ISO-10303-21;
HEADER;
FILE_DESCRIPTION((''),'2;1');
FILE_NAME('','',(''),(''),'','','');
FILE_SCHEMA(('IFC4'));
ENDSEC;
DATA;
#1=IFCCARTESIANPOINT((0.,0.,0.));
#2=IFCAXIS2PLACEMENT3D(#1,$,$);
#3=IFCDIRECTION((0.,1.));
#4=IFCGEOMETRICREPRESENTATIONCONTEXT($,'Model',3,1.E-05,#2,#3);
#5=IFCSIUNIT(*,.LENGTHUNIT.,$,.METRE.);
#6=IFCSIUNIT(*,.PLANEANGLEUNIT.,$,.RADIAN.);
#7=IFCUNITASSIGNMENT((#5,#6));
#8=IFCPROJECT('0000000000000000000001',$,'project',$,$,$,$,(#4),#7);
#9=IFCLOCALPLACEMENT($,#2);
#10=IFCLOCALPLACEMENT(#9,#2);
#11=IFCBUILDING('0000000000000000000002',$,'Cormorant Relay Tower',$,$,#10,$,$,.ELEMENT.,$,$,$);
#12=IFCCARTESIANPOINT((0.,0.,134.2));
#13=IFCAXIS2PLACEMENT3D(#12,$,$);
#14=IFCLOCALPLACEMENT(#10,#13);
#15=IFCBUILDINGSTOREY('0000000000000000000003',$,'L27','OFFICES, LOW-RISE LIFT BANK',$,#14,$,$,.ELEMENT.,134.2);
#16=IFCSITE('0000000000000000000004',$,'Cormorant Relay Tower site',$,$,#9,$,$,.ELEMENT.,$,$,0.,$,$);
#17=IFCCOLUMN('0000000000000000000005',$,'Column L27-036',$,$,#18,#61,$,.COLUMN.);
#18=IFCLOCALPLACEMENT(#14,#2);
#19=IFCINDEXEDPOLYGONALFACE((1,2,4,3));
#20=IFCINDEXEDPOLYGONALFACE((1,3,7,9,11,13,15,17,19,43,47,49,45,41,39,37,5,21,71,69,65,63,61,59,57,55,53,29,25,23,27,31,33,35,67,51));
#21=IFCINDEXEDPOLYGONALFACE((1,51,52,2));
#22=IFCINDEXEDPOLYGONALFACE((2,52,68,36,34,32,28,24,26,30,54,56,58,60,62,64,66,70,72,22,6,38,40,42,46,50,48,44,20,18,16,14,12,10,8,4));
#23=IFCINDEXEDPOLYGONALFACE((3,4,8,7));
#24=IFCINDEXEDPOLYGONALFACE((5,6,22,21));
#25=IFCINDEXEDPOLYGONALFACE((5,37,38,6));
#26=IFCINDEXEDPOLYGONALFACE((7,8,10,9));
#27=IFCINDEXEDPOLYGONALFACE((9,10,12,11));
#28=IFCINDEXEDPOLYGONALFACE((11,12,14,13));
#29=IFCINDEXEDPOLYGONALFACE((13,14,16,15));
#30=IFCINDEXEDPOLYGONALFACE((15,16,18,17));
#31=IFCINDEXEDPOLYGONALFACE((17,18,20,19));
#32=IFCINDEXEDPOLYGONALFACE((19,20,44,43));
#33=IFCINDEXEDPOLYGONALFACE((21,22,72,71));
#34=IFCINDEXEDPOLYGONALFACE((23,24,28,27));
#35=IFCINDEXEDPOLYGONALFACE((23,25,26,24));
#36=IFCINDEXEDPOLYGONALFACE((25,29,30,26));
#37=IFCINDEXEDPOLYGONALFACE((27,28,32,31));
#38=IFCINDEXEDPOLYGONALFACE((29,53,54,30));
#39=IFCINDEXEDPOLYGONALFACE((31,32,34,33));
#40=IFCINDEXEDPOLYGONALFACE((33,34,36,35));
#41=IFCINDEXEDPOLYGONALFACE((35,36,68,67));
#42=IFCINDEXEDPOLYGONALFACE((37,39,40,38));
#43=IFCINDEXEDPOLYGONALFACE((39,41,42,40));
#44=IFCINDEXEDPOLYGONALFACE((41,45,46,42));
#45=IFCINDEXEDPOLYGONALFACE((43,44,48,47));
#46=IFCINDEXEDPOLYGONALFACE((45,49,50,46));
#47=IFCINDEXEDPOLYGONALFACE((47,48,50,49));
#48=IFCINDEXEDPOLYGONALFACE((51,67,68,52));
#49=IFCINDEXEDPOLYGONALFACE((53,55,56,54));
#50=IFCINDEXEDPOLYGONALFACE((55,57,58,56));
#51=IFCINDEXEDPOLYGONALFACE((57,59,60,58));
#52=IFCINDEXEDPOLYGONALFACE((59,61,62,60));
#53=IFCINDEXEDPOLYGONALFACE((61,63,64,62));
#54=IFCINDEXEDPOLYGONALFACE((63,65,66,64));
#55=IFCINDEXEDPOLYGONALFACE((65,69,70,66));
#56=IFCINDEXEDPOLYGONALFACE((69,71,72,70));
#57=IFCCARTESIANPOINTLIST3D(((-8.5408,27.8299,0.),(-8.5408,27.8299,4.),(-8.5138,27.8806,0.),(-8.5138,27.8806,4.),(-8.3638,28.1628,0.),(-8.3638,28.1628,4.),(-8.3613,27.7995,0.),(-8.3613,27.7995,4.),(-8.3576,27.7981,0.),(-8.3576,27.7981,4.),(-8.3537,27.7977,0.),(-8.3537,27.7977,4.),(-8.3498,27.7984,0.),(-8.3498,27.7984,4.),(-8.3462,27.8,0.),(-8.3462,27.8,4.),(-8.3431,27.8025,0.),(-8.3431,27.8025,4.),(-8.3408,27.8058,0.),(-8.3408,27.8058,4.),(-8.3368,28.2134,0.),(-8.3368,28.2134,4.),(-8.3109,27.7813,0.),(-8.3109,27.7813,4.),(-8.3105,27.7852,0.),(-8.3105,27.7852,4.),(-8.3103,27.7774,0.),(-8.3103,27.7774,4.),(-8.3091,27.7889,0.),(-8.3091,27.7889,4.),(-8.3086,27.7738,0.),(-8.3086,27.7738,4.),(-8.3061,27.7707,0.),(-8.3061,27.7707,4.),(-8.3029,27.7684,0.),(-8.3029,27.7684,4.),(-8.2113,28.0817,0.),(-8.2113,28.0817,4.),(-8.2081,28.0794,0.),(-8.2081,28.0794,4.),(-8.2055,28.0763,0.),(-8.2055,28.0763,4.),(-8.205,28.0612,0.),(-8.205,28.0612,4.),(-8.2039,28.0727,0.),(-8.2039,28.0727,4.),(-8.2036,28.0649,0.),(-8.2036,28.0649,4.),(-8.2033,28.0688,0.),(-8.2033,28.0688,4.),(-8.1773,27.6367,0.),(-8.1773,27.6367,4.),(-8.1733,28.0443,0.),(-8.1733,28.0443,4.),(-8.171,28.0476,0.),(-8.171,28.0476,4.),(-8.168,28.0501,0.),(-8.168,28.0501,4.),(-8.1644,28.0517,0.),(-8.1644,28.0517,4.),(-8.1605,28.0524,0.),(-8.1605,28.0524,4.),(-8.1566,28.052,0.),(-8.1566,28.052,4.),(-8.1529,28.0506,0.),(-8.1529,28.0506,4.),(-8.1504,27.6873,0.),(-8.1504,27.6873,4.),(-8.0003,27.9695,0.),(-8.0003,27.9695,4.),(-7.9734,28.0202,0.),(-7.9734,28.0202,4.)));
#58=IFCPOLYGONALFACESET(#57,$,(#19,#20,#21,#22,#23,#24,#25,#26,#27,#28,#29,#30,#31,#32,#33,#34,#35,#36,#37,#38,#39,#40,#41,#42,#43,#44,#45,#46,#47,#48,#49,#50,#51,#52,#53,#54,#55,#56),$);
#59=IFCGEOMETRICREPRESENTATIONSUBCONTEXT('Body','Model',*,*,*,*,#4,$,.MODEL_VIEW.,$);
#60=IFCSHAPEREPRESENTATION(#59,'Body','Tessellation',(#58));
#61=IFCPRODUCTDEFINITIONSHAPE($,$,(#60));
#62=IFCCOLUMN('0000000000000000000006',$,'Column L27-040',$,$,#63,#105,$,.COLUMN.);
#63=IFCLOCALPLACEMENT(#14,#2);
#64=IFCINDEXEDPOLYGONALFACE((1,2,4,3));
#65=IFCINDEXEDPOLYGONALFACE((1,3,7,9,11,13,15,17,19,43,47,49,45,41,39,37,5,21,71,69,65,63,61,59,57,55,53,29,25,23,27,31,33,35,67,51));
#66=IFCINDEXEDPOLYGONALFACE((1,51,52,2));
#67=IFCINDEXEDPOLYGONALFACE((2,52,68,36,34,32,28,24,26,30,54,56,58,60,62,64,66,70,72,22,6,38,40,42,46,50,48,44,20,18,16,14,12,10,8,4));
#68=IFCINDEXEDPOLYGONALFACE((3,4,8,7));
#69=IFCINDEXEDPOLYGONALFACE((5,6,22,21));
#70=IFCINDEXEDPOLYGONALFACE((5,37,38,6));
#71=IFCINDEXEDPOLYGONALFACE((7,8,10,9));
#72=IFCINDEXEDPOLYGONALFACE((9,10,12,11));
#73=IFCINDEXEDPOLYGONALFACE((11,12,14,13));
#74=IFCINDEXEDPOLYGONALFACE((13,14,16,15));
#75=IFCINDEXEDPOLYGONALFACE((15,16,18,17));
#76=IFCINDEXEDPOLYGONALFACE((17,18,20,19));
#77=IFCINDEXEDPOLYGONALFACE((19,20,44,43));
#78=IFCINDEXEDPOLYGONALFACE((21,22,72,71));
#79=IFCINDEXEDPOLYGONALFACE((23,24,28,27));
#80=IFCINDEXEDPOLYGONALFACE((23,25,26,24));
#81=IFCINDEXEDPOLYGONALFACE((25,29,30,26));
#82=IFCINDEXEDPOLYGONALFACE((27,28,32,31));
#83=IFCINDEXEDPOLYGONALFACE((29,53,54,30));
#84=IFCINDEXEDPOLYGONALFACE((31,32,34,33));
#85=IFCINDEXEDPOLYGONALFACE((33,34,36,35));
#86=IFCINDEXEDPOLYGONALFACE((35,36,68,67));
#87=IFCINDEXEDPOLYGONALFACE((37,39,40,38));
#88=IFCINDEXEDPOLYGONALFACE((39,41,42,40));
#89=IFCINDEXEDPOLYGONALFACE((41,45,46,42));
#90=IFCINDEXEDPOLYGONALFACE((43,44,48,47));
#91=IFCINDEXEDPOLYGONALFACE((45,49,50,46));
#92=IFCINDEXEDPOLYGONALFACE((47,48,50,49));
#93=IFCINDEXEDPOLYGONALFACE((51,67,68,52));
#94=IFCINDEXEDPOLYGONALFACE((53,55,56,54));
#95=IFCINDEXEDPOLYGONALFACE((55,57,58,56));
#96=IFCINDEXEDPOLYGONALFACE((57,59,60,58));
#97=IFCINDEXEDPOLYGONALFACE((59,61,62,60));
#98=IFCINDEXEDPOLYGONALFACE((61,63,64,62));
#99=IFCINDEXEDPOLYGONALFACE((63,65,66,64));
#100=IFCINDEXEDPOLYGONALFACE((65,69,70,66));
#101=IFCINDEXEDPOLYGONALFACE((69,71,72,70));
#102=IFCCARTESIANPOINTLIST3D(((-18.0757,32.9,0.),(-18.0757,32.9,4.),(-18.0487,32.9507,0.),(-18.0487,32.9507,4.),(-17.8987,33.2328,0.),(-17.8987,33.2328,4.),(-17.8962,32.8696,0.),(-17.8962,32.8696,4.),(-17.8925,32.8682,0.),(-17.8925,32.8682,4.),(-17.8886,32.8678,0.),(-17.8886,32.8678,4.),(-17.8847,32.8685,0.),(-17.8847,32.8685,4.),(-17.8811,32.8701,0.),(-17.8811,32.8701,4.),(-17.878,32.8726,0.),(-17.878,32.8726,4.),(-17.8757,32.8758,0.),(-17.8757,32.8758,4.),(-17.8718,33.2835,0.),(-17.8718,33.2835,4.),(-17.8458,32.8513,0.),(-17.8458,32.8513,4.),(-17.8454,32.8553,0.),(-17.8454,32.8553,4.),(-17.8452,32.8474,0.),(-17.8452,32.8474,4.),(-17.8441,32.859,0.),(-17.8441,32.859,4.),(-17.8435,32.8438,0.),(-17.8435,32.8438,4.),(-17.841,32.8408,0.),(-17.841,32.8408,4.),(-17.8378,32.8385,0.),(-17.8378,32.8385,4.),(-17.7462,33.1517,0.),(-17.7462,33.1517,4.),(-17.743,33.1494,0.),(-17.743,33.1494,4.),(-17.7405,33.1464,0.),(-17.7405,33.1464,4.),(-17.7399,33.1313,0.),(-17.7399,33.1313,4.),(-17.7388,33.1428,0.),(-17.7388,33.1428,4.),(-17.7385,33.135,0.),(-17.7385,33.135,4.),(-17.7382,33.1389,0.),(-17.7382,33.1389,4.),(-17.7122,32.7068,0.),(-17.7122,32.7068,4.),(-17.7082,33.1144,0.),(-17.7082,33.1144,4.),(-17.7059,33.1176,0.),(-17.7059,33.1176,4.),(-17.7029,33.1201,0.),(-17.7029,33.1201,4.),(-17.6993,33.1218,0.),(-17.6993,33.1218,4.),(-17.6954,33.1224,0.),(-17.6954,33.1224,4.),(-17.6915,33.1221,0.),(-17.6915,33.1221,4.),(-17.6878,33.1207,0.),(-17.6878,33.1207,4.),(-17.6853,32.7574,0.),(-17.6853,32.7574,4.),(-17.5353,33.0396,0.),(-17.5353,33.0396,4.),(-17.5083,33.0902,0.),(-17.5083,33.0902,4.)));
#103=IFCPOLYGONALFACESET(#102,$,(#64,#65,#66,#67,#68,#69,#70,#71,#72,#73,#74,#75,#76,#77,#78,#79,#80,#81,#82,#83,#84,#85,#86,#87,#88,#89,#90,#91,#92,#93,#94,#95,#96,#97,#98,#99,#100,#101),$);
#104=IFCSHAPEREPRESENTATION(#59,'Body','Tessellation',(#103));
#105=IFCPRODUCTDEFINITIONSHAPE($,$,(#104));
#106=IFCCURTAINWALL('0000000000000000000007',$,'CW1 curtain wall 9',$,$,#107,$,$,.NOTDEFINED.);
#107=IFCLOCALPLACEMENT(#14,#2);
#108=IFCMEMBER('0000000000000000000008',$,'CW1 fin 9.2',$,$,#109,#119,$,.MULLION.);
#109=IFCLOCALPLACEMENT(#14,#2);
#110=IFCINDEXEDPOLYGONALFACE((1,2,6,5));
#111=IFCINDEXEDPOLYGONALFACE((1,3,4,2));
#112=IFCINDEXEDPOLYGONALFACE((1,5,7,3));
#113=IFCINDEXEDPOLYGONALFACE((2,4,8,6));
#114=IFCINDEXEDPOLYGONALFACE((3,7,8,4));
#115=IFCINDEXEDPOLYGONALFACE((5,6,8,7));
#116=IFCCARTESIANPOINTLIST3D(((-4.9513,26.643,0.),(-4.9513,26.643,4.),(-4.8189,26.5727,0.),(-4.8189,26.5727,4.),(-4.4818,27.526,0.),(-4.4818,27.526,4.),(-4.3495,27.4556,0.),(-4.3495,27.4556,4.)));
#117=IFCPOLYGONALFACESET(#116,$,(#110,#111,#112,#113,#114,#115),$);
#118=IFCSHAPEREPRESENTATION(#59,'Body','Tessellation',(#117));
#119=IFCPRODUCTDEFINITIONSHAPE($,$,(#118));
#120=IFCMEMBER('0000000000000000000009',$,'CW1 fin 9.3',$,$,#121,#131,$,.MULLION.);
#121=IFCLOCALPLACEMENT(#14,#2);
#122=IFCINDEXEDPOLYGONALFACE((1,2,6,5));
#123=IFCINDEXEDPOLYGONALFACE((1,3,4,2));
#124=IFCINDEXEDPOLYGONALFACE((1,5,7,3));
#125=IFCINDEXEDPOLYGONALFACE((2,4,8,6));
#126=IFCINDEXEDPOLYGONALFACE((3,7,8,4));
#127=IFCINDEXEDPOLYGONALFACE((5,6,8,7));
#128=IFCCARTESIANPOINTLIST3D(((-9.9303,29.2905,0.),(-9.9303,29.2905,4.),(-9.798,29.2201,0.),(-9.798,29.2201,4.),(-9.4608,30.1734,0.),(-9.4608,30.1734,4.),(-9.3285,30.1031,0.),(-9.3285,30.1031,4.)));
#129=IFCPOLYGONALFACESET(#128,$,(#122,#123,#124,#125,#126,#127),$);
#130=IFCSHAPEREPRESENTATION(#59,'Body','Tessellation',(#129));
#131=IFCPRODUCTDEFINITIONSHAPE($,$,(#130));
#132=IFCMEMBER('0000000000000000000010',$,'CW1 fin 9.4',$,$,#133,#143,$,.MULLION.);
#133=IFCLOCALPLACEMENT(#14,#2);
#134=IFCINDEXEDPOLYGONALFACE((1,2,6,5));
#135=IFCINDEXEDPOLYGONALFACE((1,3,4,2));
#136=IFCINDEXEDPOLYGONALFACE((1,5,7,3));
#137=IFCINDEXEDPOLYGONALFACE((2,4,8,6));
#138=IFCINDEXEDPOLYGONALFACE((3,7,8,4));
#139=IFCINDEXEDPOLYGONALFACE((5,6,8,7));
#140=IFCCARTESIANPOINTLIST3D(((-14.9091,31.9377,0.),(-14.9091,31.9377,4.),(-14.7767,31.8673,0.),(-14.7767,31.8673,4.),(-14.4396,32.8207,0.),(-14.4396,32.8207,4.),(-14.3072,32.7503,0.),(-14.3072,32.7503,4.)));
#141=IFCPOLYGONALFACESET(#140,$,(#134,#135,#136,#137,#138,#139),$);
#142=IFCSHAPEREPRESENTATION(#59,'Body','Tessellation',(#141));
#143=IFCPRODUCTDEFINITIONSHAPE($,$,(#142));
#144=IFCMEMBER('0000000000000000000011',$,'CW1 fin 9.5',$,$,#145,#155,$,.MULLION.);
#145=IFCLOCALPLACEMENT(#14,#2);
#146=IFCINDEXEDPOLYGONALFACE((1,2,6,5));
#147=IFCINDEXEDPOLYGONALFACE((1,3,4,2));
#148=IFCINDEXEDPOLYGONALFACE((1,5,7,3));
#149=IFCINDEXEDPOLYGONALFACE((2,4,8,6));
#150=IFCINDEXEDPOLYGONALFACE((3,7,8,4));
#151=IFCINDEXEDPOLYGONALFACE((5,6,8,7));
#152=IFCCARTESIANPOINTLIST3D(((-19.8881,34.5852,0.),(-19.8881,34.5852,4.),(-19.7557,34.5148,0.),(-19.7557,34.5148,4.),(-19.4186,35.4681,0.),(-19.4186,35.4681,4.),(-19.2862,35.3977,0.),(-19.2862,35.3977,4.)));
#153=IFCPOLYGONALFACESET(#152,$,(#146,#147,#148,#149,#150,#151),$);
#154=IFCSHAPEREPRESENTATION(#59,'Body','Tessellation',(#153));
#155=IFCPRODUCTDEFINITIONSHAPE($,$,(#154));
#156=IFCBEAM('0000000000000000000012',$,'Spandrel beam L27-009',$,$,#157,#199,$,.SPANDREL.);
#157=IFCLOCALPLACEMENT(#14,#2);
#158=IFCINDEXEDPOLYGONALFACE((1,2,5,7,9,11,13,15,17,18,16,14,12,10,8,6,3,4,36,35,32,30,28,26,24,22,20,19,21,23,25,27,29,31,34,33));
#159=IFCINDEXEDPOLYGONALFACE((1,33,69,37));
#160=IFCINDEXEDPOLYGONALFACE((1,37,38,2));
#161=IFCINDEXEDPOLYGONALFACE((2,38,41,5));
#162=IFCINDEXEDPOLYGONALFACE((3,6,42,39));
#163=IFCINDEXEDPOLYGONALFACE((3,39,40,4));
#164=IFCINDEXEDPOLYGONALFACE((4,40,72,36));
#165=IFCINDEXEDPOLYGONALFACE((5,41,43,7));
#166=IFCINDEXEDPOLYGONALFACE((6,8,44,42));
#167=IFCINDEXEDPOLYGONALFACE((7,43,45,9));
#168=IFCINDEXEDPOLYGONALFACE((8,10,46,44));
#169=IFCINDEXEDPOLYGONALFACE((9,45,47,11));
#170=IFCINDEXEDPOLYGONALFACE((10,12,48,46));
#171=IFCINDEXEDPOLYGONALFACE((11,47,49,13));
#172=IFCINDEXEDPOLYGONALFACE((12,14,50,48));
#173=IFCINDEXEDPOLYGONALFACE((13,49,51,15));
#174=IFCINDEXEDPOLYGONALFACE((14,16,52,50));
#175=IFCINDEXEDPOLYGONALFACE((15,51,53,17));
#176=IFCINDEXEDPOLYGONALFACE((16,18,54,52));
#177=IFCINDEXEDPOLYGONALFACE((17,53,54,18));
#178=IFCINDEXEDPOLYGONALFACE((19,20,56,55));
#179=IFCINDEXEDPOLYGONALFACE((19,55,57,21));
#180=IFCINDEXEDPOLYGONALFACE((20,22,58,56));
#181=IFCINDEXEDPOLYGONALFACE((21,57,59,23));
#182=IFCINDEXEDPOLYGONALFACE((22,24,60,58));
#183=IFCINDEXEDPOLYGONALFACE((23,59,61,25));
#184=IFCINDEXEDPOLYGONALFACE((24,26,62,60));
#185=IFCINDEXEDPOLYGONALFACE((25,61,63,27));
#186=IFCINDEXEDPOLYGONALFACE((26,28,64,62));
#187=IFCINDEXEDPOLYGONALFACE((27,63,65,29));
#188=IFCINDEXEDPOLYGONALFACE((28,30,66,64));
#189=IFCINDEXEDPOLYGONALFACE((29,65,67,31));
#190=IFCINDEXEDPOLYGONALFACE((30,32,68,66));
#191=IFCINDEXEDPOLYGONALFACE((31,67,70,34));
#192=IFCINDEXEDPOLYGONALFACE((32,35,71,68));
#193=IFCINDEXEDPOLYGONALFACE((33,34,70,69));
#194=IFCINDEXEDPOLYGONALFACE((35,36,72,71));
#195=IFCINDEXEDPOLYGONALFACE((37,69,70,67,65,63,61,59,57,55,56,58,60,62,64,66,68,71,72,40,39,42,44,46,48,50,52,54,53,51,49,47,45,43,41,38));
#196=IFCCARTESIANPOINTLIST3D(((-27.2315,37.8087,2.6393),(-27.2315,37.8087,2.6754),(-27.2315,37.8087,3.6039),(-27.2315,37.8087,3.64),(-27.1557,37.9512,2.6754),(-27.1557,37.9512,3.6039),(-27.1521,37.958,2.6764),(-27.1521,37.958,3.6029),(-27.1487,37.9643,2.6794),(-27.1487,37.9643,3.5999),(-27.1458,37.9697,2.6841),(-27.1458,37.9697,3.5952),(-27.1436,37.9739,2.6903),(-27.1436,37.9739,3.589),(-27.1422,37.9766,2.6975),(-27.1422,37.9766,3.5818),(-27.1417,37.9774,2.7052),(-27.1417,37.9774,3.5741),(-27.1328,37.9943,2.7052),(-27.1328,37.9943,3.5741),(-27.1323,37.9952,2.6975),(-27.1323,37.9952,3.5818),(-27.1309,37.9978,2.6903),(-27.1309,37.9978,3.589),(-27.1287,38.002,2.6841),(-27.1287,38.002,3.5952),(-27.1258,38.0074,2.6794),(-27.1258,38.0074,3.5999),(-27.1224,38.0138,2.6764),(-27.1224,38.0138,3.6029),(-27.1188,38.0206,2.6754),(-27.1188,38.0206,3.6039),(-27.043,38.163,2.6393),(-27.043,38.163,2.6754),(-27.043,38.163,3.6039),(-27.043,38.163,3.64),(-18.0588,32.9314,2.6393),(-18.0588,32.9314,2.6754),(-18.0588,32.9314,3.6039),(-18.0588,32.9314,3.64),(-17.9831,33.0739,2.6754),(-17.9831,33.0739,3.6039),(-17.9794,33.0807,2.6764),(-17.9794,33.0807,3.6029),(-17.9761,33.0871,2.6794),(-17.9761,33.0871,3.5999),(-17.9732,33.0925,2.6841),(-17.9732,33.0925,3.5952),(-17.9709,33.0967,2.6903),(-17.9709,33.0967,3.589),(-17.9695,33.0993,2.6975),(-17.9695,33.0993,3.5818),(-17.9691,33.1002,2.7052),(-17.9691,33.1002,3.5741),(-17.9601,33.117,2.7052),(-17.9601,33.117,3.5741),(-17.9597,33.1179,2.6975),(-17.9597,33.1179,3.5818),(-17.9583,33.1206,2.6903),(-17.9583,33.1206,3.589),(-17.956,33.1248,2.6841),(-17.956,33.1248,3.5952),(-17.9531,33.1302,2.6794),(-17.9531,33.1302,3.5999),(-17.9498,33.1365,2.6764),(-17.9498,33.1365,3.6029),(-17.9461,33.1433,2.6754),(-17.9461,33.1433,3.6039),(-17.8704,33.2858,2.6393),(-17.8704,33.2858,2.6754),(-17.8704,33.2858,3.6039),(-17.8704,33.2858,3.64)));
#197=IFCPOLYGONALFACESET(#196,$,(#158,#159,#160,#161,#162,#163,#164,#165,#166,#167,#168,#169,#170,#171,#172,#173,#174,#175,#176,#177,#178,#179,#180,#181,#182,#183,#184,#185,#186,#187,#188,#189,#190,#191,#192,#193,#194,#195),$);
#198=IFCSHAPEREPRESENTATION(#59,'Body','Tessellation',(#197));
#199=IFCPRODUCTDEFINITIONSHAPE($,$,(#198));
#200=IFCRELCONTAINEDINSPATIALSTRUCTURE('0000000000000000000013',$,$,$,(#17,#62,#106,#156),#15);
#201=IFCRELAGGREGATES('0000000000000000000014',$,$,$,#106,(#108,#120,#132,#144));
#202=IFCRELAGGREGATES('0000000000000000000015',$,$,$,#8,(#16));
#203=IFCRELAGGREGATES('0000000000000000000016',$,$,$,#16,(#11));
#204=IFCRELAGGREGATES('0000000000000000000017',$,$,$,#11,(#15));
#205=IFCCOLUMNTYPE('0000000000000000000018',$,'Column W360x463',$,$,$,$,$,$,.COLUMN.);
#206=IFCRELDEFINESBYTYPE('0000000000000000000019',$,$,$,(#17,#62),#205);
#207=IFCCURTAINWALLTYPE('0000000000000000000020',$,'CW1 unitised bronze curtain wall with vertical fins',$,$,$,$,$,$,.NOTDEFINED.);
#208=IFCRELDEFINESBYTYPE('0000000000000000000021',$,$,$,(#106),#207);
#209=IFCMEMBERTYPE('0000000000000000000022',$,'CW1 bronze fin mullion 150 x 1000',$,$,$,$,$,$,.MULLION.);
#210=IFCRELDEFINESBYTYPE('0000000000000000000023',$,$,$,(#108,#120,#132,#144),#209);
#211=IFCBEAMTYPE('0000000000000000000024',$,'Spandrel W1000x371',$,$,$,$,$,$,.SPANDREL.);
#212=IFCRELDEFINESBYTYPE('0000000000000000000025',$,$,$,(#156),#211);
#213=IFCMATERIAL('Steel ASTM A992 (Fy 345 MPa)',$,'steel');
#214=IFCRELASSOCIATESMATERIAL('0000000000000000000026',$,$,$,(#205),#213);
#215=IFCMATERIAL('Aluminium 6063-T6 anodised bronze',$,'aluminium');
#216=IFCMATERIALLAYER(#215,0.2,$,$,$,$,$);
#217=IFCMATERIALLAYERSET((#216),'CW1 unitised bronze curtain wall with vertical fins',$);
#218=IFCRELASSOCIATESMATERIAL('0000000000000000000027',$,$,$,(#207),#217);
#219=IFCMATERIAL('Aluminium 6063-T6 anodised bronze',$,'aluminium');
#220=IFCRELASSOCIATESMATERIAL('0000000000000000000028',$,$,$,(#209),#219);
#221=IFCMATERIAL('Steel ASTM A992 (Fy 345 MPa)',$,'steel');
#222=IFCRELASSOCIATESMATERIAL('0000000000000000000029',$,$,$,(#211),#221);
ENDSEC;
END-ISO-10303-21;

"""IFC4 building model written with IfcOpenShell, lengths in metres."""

from ifc_helpers import new_model, si_unit, direction, frame, origin, origin_2d, place, context, subcontext, project, spatial, rectangle, i_section, extrude, material, layer, layer_set, material_profile, profile_set, type_object, element, aggregate, save


model = new_model("IFC4")

# Units and contexts
model_context = context("Model", 3, precision=1e-05, world=origin(), true_north=direction((0.0, 1.0)))
body_context = subcontext(model_context, "Body", "Model", "MODEL_VIEW")
ifc_project = project(units=[si_unit("LENGTHUNIT", "METRE"), si_unit("PLANEANGLEUNIT", "RADIAN")], contexts=[model_context])

# Site, building, storey
site_placement = place(None, origin())
site = spatial("IfcSite", under=ifc_project, at=site_placement, Name="Cormorant Relay Tower site", CompositionType="ELEMENT", RefElevation=0.0)
building_placement = place(site_placement, origin())
building = spatial("IfcBuilding", under=site, at=building_placement, Name="Cormorant Relay Tower", CompositionType="ELEMENT")
storey_placement = place(building_placement, frame((0.0, 0.0, 134.2)))
storey = spatial("IfcBuildingStorey", under=building, at=storey_placement, Name="L27", Description="OFFICES, LOW-RISE LIFT BANK", CompositionType="ELEMENT", Elevation=134.2)

# Columns
ifc_material_1 = material(Name="Steel ASTM A992 (Fy 345 MPa)", Category="steel")
ifc_material_profile_1 = material_profile(ifc_material_1, i_section(OverallWidth=0.4116, OverallDepth=0.4343, WebThickness=0.0359, FlangeThickness=0.0574, FilletRadius=0.0151, at=origin_2d()), Name="W360x463")
ifc_profile_set_1 = profile_set([ifc_material_profile_1], Name="Steel ASTM A992 (Fy 345 MPa)")
column_type = type_object("IfcColumnType", Name="Column W360x463", PredefinedType="COLUMN", material=ifc_profile_set_1)
for number, where, z_axis, x_axis, name in (
    (1, (-8.2571, 27.925, 0.0), (0.0, 0.0, 1.0), (-0.882948, 0.469472, 0.0), "Column L27-036"),
    (2, (-17.792, 32.9951, 0.0), (0.0, 0.0, 1.0), (-0.882948, 0.469472, 0.0), "Column L27-040"),
):
    element("IfcColumn", number, at=place(storey_placement, frame(where, z_axis=z_axis, x_axis=x_axis)), inside=storey, type_object=column_type, Name=name, PredefinedType="COLUMN", context=body_context, shape_type="SweptSolid", body=[
        extrude(i_section(OverallWidth=0.4116, OverallDepth=0.4343, WebThickness=0.0359, FlangeThickness=0.0574, FilletRadius=0.0151, at=origin_2d()), origin(), (0.0, 0.0, 1.0), 4.0),
    ])

# Curtain wall, members
ifc_material_2 = material(Name="Aluminium 6063-T6 anodised bronze", Category="aluminium")
ifc_layer_1 = layer(ifc_material_2, 0.2)
ifc_layer_set_1 = layer_set([ifc_layer_1], Name="CW1 unitised bronze curtain wall with vertical fins")
curtain_wall_type = type_object("IfcCurtainWallType", Name="CW1 unitised bronze curtain wall with vertical fins", PredefinedType="NOTDEFINED", material=ifc_layer_set_1)
curtain_wall_placement = place(storey_placement, origin())
curtain_wall = element("IfcCurtainWall", 3, at=curtain_wall_placement, inside=storey, type_object=curtain_wall_type, Name="CW1 curtain wall 9", PredefinedType="NOTDEFINED")
ifc_material_3 = material(Name="Aluminium 6063-T6 anodised bronze", Category="aluminium")
ifc_material_profile_2 = material_profile(ifc_material_3, rectangle(XDim=0.1499, YDim=1.0, at=origin_2d()), Name="AL 150x1000")
ifc_profile_set_2 = profile_set([ifc_material_profile_2], Name="Aluminium 6063-T6 anodised bronze")
member_type = type_object("IfcMemberType", Name="CW1 bronze fin mullion 150 x 1000", PredefinedType="MULLION", material=ifc_profile_set_2)
member_1_placement = place(storey_placement, frame((-4.6504, 27.0493, 0.0), z_axis=(0.0, 0.0, 1.0), x_axis=(-0.882948, 0.469472, 0.0)))
member_1 = element("IfcMember", 4, at=member_1_placement, type_object=member_type, Name="CW1 fin 9.2", PredefinedType="MULLION", context=body_context, shape_type="SweptSolid", body=[
    extrude(rectangle(XDim=0.1499, YDim=1.0, at=origin_2d()), origin(), (0.0, 0.0, 1.0), 4.0),
])
member_2_placement = place(storey_placement, frame((-9.6294, 29.6968, 0.0), z_axis=(0.0, 0.0, 1.0), x_axis=(-0.882948, 0.469472, 0.0)))
member_2 = element("IfcMember", 5, at=member_2_placement, type_object=member_type, Name="CW1 fin 9.3", PredefinedType="MULLION", context=body_context, shape_type="SweptSolid", body=[
    extrude(rectangle(XDim=0.1499, YDim=1.0, at=origin_2d()), origin(), (0.0, 0.0, 1.0), 4.0),
])
member_3_placement = place(storey_placement, frame((-14.6082, 32.344, 0.0), z_axis=(0.0, 0.0, 1.0), x_axis=(-0.882948, 0.469472, 0.0)))
member_3 = element("IfcMember", 6, at=member_3_placement, type_object=member_type, Name="CW1 fin 9.4", PredefinedType="MULLION", context=body_context, shape_type="SweptSolid", body=[
    extrude(rectangle(XDim=0.1499, YDim=1.0, at=origin_2d()), origin(), (0.0, 0.0, 1.0), 4.0),
])
member_4_placement = place(storey_placement, frame((-19.5872, 34.9915, 0.0), z_axis=(0.0, 0.0, 1.0), x_axis=(-0.882948, 0.469472, 0.0)))
member_4 = element("IfcMember", 7, at=member_4_placement, type_object=member_type, Name="CW1 fin 9.5", PredefinedType="MULLION", context=body_context, shape_type="SweptSolid", body=[
    extrude(rectangle(XDim=0.1499, YDim=1.0, at=origin_2d()), origin(), (0.0, 0.0, 1.0), 4.0),
])

# Beam
ifc_material_4 = material(Name="Steel ASTM A992 (Fy 345 MPa)", Category="steel")
ifc_material_profile_3 = material_profile(ifc_material_4, i_section(OverallWidth=0.4014, OverallDepth=1.0007, WebThickness=0.019, FlangeThickness=0.0361, FilletRadius=0.0298, at=origin_2d()), Name="W1000x371")
ifc_profile_set_3 = profile_set([ifc_material_profile_3], Name="Steel ASTM A992 (Fy 345 MPa)")
beam_type_1 = type_object("IfcBeamType", Name="Spandrel W1000x371", PredefinedType="SPANDREL", material=ifc_profile_set_3)
beam_1_placement = place(storey_placement, frame((-17.9646, 33.1086, 3.1396), z_axis=(-0.882946, 0.469474, 0.0), x_axis=(-0.469474, -0.882946, 0.0)))
element("IfcBeam", 8, at=beam_1_placement, inside=storey, type_object=beam_type_1, Name="Spandrel beam L27-009", PredefinedType="SPANDREL", context=body_context, shape_type="SweptSolid", body=[
    extrude(i_section(OverallWidth=0.4014, OverallDepth=1.0007, WebThickness=0.019, FlangeThickness=0.0361, FilletRadius=0.0298, at=origin_2d()), origin(), (0.0, 0.0, 1.0), 10.3887),
])

aggregate(curtain_wall, [member_1, member_2, member_3, member_4])

save(model, "model.ifc")
